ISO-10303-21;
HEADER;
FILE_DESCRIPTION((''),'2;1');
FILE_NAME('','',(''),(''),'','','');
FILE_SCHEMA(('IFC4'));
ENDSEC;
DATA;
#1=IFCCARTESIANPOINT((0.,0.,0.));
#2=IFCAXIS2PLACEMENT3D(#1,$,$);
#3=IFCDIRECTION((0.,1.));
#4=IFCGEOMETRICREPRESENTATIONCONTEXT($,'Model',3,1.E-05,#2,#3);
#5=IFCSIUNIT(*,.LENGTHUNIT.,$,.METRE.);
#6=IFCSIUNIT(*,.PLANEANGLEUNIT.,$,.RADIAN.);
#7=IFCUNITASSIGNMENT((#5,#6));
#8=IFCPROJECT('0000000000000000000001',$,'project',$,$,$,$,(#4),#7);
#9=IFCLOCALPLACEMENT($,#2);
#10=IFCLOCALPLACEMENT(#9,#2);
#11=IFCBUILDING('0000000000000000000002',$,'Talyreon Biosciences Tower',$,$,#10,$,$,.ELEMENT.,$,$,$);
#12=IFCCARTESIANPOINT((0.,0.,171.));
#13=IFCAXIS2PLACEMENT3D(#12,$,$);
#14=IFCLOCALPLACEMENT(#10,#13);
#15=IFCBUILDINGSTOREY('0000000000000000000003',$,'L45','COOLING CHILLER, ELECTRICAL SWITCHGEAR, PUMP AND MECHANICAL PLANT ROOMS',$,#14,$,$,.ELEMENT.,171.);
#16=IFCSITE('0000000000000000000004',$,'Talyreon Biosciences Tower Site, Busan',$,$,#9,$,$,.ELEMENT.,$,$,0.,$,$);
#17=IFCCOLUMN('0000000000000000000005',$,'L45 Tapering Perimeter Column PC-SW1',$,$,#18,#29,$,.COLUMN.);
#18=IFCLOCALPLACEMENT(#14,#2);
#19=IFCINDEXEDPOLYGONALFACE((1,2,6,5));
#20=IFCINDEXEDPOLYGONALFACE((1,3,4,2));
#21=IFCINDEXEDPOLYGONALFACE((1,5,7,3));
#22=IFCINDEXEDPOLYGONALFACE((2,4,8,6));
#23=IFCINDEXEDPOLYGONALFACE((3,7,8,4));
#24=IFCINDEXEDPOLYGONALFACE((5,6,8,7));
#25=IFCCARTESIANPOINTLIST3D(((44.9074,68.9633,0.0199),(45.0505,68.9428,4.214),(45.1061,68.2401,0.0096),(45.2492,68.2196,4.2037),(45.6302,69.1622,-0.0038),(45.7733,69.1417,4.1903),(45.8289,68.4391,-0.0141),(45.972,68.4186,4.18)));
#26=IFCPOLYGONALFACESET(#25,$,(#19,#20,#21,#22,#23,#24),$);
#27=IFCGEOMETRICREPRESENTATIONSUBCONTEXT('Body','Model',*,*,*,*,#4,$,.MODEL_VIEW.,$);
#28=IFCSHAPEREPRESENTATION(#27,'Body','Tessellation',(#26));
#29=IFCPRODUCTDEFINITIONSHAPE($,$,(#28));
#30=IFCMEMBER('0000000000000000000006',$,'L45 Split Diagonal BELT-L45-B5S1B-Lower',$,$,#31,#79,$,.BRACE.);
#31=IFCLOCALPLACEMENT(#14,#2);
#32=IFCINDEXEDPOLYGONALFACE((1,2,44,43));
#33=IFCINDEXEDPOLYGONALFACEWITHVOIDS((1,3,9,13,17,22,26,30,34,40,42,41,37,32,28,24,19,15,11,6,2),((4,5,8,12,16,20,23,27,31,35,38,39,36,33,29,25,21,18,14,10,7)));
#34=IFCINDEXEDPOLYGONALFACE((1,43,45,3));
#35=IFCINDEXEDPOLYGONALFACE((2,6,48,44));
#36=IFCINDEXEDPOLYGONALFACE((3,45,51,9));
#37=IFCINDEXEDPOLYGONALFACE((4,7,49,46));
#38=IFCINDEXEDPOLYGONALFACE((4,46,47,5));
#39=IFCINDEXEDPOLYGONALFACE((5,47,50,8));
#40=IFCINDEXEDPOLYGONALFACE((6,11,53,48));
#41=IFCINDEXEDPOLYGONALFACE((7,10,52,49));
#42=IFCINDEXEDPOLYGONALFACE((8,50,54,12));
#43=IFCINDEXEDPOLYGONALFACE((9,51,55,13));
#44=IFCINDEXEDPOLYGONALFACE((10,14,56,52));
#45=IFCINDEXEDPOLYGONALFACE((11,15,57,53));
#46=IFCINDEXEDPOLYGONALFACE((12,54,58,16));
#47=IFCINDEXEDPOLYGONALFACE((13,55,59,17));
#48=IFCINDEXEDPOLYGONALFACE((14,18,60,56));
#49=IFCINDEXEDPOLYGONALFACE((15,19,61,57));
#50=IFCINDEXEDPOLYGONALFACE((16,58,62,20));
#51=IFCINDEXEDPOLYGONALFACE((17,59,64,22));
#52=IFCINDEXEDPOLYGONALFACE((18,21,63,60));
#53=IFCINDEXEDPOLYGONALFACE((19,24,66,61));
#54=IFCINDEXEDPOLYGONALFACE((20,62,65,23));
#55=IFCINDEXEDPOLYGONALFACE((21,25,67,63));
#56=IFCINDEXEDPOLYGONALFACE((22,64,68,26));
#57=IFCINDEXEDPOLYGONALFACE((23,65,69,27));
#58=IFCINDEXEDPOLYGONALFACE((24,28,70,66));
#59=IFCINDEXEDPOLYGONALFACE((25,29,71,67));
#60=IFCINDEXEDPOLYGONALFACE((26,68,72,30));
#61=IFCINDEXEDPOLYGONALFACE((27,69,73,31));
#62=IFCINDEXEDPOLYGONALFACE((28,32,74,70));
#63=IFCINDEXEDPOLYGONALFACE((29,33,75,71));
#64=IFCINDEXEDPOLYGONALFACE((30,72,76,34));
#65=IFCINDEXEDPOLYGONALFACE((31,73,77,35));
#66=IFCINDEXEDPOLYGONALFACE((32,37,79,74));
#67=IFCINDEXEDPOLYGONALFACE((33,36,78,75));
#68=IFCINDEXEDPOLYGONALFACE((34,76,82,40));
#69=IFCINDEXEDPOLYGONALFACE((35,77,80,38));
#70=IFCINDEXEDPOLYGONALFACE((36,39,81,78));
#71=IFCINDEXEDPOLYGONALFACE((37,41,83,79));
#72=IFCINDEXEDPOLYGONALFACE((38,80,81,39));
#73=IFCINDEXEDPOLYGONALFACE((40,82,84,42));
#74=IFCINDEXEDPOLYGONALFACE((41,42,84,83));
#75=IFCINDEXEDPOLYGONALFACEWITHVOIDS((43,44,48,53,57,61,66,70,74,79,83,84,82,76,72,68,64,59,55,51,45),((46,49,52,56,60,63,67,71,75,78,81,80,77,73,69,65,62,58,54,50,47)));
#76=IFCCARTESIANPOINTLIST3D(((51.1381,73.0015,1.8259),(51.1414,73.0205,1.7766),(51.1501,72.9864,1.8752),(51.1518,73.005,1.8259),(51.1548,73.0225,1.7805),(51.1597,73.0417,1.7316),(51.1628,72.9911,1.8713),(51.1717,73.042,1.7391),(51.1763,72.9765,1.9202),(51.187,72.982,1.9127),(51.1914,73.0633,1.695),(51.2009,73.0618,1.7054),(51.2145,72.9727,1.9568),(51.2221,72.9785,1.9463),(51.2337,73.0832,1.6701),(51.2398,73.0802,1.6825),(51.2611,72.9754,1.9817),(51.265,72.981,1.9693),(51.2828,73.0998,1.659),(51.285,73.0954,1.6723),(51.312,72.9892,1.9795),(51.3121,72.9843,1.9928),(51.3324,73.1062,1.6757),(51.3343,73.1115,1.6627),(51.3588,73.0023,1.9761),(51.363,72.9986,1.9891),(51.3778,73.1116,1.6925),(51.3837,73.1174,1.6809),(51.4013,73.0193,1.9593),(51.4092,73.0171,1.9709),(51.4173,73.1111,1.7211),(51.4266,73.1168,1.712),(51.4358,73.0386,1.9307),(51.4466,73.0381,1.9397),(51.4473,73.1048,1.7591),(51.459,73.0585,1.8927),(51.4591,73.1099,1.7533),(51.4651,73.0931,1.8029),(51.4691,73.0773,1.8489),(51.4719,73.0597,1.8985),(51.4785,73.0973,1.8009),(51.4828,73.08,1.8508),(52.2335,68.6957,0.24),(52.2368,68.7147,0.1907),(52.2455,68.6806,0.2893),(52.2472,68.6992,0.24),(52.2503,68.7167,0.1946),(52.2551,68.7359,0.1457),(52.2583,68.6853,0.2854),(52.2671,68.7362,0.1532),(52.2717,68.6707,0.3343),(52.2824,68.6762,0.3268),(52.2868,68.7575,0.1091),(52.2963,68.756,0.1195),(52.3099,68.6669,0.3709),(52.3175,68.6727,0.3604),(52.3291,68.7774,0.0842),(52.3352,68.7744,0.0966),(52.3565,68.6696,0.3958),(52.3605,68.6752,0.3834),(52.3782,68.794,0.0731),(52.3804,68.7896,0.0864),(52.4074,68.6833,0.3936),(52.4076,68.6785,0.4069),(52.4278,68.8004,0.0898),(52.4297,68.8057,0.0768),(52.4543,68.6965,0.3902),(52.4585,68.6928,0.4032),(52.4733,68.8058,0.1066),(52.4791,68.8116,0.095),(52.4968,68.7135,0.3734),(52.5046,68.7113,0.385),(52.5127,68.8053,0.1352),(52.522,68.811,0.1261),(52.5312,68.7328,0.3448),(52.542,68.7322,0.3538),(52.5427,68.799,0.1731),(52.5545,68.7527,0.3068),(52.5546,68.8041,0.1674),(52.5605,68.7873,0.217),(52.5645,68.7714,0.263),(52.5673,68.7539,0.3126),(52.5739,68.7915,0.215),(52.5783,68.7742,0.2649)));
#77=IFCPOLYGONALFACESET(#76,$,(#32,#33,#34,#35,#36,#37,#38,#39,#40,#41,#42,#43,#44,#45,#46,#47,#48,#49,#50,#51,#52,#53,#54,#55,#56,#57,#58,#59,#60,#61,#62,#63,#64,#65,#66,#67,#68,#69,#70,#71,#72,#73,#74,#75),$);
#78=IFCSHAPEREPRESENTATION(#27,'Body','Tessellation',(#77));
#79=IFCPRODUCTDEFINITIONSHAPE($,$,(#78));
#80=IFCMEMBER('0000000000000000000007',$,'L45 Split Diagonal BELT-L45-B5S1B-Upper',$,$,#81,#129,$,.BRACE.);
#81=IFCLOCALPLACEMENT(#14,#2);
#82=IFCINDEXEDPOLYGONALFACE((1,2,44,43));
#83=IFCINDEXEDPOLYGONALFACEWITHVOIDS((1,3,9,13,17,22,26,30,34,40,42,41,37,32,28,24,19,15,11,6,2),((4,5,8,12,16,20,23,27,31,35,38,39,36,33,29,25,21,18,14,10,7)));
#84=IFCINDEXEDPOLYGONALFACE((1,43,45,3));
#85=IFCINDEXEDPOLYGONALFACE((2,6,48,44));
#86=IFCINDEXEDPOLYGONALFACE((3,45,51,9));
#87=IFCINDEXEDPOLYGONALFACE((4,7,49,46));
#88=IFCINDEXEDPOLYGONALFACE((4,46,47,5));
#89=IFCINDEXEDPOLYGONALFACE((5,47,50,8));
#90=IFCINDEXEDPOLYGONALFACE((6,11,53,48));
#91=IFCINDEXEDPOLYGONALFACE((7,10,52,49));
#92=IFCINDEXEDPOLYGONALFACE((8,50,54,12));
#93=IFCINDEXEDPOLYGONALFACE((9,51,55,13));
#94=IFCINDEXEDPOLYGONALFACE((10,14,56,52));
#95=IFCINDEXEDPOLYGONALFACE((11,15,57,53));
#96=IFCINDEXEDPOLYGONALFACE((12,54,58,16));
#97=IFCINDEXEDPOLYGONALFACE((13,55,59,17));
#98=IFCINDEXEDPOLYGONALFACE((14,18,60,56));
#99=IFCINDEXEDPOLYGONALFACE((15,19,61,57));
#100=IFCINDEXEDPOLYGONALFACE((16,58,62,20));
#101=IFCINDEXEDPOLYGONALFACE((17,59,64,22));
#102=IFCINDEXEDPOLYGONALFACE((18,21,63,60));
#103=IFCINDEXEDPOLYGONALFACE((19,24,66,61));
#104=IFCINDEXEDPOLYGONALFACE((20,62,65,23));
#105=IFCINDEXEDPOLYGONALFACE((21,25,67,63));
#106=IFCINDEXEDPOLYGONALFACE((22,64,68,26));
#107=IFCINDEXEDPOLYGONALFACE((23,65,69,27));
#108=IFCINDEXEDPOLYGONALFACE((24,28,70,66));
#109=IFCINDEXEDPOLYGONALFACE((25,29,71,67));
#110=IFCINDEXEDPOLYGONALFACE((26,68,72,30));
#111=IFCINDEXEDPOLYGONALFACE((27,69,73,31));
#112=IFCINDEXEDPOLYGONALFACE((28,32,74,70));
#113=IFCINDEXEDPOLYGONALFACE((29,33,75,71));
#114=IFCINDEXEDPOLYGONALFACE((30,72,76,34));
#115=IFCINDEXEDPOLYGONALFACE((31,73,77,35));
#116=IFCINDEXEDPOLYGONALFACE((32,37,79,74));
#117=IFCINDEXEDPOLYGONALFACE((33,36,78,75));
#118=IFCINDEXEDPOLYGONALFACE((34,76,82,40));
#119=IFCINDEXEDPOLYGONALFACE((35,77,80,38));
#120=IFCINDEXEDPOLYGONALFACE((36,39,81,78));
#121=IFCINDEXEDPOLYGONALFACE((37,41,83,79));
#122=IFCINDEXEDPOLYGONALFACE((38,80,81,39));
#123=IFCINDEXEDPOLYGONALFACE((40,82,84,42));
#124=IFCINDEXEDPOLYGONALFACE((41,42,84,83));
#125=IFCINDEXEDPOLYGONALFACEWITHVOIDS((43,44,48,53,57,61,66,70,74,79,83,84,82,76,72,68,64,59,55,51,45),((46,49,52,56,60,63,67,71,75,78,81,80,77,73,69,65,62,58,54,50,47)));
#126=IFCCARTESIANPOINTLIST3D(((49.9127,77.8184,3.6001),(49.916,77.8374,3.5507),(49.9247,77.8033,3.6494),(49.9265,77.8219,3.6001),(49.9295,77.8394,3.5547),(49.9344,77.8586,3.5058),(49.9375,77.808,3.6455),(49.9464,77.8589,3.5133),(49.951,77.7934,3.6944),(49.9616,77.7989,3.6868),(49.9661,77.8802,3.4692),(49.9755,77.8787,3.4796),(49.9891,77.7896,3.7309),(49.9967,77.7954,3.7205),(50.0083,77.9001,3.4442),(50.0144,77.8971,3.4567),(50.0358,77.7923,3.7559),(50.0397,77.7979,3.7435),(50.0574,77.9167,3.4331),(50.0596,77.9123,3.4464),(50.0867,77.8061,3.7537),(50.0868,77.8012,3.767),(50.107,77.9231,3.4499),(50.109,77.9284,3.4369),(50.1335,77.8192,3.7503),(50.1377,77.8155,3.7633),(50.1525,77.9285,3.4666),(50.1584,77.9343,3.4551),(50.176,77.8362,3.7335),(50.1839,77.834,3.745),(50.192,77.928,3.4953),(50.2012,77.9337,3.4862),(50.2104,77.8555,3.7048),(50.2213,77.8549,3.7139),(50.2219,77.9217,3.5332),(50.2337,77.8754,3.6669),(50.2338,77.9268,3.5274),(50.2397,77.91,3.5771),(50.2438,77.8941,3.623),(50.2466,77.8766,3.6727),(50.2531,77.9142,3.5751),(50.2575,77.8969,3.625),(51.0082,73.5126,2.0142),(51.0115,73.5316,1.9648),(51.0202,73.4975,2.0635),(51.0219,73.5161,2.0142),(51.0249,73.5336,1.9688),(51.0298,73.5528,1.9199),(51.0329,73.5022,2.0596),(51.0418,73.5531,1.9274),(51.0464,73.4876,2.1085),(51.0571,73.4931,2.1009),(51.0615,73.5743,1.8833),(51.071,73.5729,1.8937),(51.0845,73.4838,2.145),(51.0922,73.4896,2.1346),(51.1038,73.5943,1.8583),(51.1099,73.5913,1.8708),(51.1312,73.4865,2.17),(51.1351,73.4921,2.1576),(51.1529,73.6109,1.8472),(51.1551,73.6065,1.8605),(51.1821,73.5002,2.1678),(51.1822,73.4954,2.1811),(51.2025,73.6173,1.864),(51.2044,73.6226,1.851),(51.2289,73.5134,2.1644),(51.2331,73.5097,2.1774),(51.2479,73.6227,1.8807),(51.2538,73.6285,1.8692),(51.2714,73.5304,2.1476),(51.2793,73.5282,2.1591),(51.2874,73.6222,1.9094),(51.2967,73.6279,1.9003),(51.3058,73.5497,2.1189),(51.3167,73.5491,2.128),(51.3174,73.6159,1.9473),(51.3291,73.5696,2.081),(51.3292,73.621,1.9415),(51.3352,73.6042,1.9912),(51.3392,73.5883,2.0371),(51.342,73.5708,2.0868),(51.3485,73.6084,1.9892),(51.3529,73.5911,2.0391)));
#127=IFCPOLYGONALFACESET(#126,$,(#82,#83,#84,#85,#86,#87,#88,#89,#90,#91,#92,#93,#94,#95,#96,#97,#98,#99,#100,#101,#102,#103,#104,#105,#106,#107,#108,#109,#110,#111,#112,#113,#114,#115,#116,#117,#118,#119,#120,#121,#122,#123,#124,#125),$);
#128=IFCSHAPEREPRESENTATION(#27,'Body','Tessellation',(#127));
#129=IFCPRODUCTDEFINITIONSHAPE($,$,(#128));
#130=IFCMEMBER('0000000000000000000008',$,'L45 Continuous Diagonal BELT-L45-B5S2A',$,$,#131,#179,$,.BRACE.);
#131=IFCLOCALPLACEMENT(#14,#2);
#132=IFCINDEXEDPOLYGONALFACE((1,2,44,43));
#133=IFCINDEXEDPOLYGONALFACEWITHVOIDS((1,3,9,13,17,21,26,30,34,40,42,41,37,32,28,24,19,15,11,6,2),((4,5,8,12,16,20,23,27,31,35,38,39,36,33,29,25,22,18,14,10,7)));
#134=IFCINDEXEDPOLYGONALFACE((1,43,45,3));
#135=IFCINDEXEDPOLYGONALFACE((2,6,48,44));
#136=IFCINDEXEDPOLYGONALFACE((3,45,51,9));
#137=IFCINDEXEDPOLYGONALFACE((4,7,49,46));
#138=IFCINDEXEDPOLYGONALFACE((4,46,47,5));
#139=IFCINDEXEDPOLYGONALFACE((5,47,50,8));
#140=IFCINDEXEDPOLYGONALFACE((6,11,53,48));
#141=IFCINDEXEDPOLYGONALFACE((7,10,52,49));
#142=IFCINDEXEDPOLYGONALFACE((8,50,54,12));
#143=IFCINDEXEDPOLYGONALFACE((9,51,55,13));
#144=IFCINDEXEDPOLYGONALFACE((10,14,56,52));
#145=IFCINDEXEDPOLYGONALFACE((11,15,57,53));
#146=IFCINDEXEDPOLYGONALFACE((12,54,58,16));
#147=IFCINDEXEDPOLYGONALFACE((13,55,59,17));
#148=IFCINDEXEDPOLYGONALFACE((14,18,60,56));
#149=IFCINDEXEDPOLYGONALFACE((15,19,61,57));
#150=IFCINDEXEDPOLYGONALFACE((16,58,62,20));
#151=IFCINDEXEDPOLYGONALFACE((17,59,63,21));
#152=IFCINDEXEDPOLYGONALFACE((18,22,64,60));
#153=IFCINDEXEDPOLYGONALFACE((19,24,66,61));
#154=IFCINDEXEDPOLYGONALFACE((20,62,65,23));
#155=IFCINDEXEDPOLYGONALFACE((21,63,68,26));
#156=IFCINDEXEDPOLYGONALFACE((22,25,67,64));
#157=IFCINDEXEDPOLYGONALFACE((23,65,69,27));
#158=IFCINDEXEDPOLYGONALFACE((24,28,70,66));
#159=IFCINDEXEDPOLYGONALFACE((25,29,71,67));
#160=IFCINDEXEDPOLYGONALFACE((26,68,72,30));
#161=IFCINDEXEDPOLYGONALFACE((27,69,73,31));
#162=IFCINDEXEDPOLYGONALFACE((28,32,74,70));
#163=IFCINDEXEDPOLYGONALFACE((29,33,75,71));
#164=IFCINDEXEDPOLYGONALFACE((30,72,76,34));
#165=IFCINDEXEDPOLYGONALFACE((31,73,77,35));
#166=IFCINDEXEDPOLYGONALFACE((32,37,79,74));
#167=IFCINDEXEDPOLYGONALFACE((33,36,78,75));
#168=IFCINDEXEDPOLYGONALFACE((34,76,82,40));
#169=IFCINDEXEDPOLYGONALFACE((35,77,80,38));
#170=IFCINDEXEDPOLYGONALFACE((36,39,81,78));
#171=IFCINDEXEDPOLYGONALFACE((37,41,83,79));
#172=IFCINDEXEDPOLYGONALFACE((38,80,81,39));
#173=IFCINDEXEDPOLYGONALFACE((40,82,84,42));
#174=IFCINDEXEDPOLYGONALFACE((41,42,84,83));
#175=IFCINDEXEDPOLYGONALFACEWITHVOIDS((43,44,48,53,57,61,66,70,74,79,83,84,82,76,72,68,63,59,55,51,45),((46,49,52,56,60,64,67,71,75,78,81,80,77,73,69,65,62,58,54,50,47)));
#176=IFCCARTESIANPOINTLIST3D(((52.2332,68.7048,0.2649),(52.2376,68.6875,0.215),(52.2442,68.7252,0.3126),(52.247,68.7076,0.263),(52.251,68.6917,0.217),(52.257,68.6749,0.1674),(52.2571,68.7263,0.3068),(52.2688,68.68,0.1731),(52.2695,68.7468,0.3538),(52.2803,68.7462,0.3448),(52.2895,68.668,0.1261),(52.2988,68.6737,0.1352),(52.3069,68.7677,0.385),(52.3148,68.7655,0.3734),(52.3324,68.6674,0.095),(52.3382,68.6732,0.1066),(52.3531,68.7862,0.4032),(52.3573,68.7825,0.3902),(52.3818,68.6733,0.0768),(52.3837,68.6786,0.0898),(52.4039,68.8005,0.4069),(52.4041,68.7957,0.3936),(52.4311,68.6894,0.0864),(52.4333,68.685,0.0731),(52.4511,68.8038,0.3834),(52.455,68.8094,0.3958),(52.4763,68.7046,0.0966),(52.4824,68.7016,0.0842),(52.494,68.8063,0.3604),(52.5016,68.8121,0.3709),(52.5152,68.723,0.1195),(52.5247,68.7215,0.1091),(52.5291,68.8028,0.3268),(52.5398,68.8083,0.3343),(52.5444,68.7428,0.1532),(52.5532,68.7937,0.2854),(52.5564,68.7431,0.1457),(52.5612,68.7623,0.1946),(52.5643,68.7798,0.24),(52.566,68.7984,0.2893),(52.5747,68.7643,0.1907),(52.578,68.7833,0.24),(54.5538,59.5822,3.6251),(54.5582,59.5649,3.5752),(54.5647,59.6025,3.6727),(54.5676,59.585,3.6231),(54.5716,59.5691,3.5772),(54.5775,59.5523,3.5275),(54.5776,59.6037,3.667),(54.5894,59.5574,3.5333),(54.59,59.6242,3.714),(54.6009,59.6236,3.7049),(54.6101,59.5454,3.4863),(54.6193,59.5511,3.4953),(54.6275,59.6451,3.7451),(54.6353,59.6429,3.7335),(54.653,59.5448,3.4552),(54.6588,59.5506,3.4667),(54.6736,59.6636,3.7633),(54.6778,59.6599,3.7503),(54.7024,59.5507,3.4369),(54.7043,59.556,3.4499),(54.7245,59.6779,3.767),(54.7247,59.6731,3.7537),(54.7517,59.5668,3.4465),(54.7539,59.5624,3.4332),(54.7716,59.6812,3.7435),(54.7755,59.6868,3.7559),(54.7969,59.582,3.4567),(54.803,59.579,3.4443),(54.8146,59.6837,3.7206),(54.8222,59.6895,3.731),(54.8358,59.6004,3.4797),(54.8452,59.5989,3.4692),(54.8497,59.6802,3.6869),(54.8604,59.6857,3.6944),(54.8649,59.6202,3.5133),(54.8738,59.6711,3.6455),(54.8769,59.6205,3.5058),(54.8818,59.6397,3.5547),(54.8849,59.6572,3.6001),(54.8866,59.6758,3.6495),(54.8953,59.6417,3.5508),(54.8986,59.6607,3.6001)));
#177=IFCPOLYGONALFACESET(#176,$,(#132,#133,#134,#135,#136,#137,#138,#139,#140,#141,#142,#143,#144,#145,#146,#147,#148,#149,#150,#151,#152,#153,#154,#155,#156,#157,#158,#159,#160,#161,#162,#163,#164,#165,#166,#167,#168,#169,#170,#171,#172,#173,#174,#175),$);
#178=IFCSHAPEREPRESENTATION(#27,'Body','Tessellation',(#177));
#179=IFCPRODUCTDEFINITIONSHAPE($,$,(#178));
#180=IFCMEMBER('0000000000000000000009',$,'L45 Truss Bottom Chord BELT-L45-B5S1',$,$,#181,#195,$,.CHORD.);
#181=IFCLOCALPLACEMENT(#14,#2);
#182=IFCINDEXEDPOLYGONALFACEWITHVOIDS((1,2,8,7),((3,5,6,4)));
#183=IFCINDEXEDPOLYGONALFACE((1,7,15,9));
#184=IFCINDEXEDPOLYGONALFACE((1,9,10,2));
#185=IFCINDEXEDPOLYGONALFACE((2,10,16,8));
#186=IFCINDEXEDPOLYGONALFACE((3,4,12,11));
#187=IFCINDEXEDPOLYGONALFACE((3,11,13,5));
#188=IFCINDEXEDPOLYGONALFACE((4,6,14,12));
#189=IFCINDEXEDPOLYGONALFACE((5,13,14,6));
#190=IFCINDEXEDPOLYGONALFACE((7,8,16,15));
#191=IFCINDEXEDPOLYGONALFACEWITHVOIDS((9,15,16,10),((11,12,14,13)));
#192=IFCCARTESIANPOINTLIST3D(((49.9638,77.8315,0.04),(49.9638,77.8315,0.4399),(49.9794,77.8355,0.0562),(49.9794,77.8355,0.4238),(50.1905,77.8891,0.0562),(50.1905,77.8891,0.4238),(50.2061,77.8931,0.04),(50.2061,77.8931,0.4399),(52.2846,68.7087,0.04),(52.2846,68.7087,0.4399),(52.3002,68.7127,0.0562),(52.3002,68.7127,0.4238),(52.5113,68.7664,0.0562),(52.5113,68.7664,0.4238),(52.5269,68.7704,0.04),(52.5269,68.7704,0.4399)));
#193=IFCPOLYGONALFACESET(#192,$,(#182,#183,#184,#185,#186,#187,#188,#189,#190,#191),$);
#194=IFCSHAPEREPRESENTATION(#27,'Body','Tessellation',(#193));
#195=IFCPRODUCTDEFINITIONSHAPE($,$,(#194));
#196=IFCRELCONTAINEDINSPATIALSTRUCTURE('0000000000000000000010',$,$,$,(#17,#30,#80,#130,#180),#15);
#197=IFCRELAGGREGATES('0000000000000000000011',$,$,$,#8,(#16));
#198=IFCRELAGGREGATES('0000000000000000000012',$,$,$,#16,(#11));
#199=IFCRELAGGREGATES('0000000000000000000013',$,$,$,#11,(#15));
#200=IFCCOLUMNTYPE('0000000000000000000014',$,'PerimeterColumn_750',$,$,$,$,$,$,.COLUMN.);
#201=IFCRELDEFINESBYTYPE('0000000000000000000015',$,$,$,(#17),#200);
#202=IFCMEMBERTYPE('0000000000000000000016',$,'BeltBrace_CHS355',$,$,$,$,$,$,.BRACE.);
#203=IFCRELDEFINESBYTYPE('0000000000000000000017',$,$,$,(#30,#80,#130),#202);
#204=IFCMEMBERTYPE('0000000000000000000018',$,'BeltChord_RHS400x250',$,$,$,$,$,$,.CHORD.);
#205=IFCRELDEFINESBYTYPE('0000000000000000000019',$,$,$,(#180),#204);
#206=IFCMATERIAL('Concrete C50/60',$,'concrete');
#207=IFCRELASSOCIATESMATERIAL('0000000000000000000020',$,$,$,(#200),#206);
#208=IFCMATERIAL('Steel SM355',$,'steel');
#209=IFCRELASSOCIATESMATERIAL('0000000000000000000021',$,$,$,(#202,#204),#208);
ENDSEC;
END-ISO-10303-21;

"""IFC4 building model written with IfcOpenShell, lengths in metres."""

from ifc_helpers import new_model, si_unit, direction, frame, origin, origin_2d, place, context, subcontext, project, spatial, rectangle, hollow_rectangle, hollow_circle, extrude, material, material_profile, profile_set, type_object, element, save


model = new_model("IFC4")

# Units and contexts
model_context = context("Model", 3, precision=1e-05, world=origin(), true_north=direction((0.0, 1.0)))
body_context = subcontext(model_context, "Body", "Model", "MODEL_VIEW")
ifc_project = project(units=[si_unit("LENGTHUNIT", "METRE"), si_unit("PLANEANGLEUNIT", "RADIAN")], contexts=[model_context])

# Site, building, storey
site_placement = place(None, origin())
site = spatial("IfcSite", under=ifc_project, at=site_placement, Name="Talyreon Biosciences Tower Site, Busan", CompositionType="ELEMENT", RefElevation=0.0)
building_placement = place(site_placement, origin())
building = spatial("IfcBuilding", under=site, at=building_placement, Name="Talyreon Biosciences Tower", CompositionType="ELEMENT")
storey_placement = place(building_placement, frame((0.0, 0.0, 171.0)))
storey = spatial("IfcBuildingStorey", under=building, at=storey_placement, Name="L45", Description="COOLING CHILLER, ELECTRICAL SWITCHGEAR, PUMP AND MECHANICAL PLANT ROOMS", CompositionType="ELEMENT", Elevation=171.0)

# Column
ifc_material_1 = material(Name="Concrete C50/60", Category="concrete")
ifc_material_profile_1 = material_profile(ifc_material_1, rectangle(XDim=0.75, YDim=0.75, at=origin_2d()), Name="RC 750x750")
ifc_profile_set_1 = profile_set([ifc_material_profile_1], Name="Concrete C50/60")
column_type = type_object("IfcColumnType", Name="PerimeterColumn_750", PredefinedType="COLUMN", material=ifc_profile_set_1)
column_placement = place(storey_placement, frame((45.3682, 68.7012, 0.0029), z_axis=(0.034091, -0.004887, 0.999407), x_axis=(0.963666, 0.265238, -0.031575)))
element("IfcColumn", 1, at=column_placement, inside=storey, type_object=column_type, Name="L45 Tapering Perimeter Column PC-SW1", PredefinedType="COLUMN", context=body_context, shape_type="SweptSolid", body=[
    extrude(rectangle(XDim=0.75, YDim=0.75, at=origin_2d()), origin(), (0.0, 0.0, 1.0), 4.1965),
])

# Members
ifc_material_2 = material(Name="Steel SM355", Category="steel")
ifc_material_profile_2 = material_profile(ifc_material_2, hollow_circle(Radius=0.1777, WallThickness=0.0142, at=origin_2d()), Name="CHS 355.6x14.2")
ifc_profile_set_2 = profile_set([ifc_material_profile_2], Name="Steel SM355")
member_type_1 = type_object("IfcMemberType", Name="BeltBrace_CHS355", PredefinedType="BRACE", material=ifc_profile_set_2)
for number, where, z_axis, x_axis, name in (
    (2, (52.4058, 68.7395, 0.24), (-0.232205, 0.912726, 0.336172), (-0.969129, -0.246554, 0.0), "L45 Split Diagonal BELT-L45-B5S1B-Lower"),
    (3, (51.1804, 73.5564, 2.0142), (-0.232205, 0.912726, 0.336172), (-0.969129, -0.246554, 0.0), "L45 Split Diagonal BELT-L45-B5S1B-Upper"),
):
    element("IfcMember", number, at=place(storey_placement, frame(where, z_axis=z_axis, x_axis=x_axis)), inside=storey, type_object=member_type_1, Name=name, PredefinedType="BRACE", context=body_context, shape_type="SweptSolid", body=[
        extrude(hollow_circle(Radius=0.1777, WallThickness=0.0142, at=origin_2d()), origin(), (0.0, 0.0, 1.0), 4.7175),
    ])
member_1_placement = place(storey_placement, frame((52.4058, 68.7395, 0.24), z_axis=(0.232176, -0.912729, 0.336185), x_axis=(0.969137, 0.246525, 0.0)))
element("IfcMember", 4, at=member_1_placement, inside=storey, type_object=member_type_1, Name="L45 Continuous Diagonal BELT-L45-B5S2A", PredefinedType="BRACE", context=body_context, shape_type="SweptSolid", body=[
    extrude(hollow_circle(Radius=0.1777, WallThickness=0.0142, at=origin_2d()), origin(), (0.0, 0.0, 1.0), 9.9949),
])
ifc_material_profile_3 = material_profile(ifc_material_2, hollow_rectangle(XDim=0.25, YDim=0.3999, WallThickness=0.0161, at=origin_2d()), Name="RHS 400x250x16")
ifc_profile_set_3 = profile_set([ifc_material_profile_3], Name="Steel SM355")
member_type_2 = type_object("IfcMemberType", Name="BeltChord_RHS400x250", PredefinedType="CHORD", material=ifc_profile_set_3)
member_2_placement = place(storey_placement, frame((50.085, 77.8623, 0.24), z_axis=(0.246543, -0.969132, 0.0), x_axis=(0.969132, 0.246543, 0.0)))
element("IfcMember", 5, at=member_2_placement, inside=storey, type_object=member_type_2, Name="L45 Truss Bottom Chord BELT-L45-B5S1", PredefinedType="CHORD", context=body_context, shape_type="SweptSolid", body=[
    extrude(hollow_rectangle(XDim=0.25, YDim=0.3999, WallThickness=0.0161, at=origin_2d()), origin(), (0.0, 0.0, 1.0), 9.4133),
])

save(model, "model.ifc")
